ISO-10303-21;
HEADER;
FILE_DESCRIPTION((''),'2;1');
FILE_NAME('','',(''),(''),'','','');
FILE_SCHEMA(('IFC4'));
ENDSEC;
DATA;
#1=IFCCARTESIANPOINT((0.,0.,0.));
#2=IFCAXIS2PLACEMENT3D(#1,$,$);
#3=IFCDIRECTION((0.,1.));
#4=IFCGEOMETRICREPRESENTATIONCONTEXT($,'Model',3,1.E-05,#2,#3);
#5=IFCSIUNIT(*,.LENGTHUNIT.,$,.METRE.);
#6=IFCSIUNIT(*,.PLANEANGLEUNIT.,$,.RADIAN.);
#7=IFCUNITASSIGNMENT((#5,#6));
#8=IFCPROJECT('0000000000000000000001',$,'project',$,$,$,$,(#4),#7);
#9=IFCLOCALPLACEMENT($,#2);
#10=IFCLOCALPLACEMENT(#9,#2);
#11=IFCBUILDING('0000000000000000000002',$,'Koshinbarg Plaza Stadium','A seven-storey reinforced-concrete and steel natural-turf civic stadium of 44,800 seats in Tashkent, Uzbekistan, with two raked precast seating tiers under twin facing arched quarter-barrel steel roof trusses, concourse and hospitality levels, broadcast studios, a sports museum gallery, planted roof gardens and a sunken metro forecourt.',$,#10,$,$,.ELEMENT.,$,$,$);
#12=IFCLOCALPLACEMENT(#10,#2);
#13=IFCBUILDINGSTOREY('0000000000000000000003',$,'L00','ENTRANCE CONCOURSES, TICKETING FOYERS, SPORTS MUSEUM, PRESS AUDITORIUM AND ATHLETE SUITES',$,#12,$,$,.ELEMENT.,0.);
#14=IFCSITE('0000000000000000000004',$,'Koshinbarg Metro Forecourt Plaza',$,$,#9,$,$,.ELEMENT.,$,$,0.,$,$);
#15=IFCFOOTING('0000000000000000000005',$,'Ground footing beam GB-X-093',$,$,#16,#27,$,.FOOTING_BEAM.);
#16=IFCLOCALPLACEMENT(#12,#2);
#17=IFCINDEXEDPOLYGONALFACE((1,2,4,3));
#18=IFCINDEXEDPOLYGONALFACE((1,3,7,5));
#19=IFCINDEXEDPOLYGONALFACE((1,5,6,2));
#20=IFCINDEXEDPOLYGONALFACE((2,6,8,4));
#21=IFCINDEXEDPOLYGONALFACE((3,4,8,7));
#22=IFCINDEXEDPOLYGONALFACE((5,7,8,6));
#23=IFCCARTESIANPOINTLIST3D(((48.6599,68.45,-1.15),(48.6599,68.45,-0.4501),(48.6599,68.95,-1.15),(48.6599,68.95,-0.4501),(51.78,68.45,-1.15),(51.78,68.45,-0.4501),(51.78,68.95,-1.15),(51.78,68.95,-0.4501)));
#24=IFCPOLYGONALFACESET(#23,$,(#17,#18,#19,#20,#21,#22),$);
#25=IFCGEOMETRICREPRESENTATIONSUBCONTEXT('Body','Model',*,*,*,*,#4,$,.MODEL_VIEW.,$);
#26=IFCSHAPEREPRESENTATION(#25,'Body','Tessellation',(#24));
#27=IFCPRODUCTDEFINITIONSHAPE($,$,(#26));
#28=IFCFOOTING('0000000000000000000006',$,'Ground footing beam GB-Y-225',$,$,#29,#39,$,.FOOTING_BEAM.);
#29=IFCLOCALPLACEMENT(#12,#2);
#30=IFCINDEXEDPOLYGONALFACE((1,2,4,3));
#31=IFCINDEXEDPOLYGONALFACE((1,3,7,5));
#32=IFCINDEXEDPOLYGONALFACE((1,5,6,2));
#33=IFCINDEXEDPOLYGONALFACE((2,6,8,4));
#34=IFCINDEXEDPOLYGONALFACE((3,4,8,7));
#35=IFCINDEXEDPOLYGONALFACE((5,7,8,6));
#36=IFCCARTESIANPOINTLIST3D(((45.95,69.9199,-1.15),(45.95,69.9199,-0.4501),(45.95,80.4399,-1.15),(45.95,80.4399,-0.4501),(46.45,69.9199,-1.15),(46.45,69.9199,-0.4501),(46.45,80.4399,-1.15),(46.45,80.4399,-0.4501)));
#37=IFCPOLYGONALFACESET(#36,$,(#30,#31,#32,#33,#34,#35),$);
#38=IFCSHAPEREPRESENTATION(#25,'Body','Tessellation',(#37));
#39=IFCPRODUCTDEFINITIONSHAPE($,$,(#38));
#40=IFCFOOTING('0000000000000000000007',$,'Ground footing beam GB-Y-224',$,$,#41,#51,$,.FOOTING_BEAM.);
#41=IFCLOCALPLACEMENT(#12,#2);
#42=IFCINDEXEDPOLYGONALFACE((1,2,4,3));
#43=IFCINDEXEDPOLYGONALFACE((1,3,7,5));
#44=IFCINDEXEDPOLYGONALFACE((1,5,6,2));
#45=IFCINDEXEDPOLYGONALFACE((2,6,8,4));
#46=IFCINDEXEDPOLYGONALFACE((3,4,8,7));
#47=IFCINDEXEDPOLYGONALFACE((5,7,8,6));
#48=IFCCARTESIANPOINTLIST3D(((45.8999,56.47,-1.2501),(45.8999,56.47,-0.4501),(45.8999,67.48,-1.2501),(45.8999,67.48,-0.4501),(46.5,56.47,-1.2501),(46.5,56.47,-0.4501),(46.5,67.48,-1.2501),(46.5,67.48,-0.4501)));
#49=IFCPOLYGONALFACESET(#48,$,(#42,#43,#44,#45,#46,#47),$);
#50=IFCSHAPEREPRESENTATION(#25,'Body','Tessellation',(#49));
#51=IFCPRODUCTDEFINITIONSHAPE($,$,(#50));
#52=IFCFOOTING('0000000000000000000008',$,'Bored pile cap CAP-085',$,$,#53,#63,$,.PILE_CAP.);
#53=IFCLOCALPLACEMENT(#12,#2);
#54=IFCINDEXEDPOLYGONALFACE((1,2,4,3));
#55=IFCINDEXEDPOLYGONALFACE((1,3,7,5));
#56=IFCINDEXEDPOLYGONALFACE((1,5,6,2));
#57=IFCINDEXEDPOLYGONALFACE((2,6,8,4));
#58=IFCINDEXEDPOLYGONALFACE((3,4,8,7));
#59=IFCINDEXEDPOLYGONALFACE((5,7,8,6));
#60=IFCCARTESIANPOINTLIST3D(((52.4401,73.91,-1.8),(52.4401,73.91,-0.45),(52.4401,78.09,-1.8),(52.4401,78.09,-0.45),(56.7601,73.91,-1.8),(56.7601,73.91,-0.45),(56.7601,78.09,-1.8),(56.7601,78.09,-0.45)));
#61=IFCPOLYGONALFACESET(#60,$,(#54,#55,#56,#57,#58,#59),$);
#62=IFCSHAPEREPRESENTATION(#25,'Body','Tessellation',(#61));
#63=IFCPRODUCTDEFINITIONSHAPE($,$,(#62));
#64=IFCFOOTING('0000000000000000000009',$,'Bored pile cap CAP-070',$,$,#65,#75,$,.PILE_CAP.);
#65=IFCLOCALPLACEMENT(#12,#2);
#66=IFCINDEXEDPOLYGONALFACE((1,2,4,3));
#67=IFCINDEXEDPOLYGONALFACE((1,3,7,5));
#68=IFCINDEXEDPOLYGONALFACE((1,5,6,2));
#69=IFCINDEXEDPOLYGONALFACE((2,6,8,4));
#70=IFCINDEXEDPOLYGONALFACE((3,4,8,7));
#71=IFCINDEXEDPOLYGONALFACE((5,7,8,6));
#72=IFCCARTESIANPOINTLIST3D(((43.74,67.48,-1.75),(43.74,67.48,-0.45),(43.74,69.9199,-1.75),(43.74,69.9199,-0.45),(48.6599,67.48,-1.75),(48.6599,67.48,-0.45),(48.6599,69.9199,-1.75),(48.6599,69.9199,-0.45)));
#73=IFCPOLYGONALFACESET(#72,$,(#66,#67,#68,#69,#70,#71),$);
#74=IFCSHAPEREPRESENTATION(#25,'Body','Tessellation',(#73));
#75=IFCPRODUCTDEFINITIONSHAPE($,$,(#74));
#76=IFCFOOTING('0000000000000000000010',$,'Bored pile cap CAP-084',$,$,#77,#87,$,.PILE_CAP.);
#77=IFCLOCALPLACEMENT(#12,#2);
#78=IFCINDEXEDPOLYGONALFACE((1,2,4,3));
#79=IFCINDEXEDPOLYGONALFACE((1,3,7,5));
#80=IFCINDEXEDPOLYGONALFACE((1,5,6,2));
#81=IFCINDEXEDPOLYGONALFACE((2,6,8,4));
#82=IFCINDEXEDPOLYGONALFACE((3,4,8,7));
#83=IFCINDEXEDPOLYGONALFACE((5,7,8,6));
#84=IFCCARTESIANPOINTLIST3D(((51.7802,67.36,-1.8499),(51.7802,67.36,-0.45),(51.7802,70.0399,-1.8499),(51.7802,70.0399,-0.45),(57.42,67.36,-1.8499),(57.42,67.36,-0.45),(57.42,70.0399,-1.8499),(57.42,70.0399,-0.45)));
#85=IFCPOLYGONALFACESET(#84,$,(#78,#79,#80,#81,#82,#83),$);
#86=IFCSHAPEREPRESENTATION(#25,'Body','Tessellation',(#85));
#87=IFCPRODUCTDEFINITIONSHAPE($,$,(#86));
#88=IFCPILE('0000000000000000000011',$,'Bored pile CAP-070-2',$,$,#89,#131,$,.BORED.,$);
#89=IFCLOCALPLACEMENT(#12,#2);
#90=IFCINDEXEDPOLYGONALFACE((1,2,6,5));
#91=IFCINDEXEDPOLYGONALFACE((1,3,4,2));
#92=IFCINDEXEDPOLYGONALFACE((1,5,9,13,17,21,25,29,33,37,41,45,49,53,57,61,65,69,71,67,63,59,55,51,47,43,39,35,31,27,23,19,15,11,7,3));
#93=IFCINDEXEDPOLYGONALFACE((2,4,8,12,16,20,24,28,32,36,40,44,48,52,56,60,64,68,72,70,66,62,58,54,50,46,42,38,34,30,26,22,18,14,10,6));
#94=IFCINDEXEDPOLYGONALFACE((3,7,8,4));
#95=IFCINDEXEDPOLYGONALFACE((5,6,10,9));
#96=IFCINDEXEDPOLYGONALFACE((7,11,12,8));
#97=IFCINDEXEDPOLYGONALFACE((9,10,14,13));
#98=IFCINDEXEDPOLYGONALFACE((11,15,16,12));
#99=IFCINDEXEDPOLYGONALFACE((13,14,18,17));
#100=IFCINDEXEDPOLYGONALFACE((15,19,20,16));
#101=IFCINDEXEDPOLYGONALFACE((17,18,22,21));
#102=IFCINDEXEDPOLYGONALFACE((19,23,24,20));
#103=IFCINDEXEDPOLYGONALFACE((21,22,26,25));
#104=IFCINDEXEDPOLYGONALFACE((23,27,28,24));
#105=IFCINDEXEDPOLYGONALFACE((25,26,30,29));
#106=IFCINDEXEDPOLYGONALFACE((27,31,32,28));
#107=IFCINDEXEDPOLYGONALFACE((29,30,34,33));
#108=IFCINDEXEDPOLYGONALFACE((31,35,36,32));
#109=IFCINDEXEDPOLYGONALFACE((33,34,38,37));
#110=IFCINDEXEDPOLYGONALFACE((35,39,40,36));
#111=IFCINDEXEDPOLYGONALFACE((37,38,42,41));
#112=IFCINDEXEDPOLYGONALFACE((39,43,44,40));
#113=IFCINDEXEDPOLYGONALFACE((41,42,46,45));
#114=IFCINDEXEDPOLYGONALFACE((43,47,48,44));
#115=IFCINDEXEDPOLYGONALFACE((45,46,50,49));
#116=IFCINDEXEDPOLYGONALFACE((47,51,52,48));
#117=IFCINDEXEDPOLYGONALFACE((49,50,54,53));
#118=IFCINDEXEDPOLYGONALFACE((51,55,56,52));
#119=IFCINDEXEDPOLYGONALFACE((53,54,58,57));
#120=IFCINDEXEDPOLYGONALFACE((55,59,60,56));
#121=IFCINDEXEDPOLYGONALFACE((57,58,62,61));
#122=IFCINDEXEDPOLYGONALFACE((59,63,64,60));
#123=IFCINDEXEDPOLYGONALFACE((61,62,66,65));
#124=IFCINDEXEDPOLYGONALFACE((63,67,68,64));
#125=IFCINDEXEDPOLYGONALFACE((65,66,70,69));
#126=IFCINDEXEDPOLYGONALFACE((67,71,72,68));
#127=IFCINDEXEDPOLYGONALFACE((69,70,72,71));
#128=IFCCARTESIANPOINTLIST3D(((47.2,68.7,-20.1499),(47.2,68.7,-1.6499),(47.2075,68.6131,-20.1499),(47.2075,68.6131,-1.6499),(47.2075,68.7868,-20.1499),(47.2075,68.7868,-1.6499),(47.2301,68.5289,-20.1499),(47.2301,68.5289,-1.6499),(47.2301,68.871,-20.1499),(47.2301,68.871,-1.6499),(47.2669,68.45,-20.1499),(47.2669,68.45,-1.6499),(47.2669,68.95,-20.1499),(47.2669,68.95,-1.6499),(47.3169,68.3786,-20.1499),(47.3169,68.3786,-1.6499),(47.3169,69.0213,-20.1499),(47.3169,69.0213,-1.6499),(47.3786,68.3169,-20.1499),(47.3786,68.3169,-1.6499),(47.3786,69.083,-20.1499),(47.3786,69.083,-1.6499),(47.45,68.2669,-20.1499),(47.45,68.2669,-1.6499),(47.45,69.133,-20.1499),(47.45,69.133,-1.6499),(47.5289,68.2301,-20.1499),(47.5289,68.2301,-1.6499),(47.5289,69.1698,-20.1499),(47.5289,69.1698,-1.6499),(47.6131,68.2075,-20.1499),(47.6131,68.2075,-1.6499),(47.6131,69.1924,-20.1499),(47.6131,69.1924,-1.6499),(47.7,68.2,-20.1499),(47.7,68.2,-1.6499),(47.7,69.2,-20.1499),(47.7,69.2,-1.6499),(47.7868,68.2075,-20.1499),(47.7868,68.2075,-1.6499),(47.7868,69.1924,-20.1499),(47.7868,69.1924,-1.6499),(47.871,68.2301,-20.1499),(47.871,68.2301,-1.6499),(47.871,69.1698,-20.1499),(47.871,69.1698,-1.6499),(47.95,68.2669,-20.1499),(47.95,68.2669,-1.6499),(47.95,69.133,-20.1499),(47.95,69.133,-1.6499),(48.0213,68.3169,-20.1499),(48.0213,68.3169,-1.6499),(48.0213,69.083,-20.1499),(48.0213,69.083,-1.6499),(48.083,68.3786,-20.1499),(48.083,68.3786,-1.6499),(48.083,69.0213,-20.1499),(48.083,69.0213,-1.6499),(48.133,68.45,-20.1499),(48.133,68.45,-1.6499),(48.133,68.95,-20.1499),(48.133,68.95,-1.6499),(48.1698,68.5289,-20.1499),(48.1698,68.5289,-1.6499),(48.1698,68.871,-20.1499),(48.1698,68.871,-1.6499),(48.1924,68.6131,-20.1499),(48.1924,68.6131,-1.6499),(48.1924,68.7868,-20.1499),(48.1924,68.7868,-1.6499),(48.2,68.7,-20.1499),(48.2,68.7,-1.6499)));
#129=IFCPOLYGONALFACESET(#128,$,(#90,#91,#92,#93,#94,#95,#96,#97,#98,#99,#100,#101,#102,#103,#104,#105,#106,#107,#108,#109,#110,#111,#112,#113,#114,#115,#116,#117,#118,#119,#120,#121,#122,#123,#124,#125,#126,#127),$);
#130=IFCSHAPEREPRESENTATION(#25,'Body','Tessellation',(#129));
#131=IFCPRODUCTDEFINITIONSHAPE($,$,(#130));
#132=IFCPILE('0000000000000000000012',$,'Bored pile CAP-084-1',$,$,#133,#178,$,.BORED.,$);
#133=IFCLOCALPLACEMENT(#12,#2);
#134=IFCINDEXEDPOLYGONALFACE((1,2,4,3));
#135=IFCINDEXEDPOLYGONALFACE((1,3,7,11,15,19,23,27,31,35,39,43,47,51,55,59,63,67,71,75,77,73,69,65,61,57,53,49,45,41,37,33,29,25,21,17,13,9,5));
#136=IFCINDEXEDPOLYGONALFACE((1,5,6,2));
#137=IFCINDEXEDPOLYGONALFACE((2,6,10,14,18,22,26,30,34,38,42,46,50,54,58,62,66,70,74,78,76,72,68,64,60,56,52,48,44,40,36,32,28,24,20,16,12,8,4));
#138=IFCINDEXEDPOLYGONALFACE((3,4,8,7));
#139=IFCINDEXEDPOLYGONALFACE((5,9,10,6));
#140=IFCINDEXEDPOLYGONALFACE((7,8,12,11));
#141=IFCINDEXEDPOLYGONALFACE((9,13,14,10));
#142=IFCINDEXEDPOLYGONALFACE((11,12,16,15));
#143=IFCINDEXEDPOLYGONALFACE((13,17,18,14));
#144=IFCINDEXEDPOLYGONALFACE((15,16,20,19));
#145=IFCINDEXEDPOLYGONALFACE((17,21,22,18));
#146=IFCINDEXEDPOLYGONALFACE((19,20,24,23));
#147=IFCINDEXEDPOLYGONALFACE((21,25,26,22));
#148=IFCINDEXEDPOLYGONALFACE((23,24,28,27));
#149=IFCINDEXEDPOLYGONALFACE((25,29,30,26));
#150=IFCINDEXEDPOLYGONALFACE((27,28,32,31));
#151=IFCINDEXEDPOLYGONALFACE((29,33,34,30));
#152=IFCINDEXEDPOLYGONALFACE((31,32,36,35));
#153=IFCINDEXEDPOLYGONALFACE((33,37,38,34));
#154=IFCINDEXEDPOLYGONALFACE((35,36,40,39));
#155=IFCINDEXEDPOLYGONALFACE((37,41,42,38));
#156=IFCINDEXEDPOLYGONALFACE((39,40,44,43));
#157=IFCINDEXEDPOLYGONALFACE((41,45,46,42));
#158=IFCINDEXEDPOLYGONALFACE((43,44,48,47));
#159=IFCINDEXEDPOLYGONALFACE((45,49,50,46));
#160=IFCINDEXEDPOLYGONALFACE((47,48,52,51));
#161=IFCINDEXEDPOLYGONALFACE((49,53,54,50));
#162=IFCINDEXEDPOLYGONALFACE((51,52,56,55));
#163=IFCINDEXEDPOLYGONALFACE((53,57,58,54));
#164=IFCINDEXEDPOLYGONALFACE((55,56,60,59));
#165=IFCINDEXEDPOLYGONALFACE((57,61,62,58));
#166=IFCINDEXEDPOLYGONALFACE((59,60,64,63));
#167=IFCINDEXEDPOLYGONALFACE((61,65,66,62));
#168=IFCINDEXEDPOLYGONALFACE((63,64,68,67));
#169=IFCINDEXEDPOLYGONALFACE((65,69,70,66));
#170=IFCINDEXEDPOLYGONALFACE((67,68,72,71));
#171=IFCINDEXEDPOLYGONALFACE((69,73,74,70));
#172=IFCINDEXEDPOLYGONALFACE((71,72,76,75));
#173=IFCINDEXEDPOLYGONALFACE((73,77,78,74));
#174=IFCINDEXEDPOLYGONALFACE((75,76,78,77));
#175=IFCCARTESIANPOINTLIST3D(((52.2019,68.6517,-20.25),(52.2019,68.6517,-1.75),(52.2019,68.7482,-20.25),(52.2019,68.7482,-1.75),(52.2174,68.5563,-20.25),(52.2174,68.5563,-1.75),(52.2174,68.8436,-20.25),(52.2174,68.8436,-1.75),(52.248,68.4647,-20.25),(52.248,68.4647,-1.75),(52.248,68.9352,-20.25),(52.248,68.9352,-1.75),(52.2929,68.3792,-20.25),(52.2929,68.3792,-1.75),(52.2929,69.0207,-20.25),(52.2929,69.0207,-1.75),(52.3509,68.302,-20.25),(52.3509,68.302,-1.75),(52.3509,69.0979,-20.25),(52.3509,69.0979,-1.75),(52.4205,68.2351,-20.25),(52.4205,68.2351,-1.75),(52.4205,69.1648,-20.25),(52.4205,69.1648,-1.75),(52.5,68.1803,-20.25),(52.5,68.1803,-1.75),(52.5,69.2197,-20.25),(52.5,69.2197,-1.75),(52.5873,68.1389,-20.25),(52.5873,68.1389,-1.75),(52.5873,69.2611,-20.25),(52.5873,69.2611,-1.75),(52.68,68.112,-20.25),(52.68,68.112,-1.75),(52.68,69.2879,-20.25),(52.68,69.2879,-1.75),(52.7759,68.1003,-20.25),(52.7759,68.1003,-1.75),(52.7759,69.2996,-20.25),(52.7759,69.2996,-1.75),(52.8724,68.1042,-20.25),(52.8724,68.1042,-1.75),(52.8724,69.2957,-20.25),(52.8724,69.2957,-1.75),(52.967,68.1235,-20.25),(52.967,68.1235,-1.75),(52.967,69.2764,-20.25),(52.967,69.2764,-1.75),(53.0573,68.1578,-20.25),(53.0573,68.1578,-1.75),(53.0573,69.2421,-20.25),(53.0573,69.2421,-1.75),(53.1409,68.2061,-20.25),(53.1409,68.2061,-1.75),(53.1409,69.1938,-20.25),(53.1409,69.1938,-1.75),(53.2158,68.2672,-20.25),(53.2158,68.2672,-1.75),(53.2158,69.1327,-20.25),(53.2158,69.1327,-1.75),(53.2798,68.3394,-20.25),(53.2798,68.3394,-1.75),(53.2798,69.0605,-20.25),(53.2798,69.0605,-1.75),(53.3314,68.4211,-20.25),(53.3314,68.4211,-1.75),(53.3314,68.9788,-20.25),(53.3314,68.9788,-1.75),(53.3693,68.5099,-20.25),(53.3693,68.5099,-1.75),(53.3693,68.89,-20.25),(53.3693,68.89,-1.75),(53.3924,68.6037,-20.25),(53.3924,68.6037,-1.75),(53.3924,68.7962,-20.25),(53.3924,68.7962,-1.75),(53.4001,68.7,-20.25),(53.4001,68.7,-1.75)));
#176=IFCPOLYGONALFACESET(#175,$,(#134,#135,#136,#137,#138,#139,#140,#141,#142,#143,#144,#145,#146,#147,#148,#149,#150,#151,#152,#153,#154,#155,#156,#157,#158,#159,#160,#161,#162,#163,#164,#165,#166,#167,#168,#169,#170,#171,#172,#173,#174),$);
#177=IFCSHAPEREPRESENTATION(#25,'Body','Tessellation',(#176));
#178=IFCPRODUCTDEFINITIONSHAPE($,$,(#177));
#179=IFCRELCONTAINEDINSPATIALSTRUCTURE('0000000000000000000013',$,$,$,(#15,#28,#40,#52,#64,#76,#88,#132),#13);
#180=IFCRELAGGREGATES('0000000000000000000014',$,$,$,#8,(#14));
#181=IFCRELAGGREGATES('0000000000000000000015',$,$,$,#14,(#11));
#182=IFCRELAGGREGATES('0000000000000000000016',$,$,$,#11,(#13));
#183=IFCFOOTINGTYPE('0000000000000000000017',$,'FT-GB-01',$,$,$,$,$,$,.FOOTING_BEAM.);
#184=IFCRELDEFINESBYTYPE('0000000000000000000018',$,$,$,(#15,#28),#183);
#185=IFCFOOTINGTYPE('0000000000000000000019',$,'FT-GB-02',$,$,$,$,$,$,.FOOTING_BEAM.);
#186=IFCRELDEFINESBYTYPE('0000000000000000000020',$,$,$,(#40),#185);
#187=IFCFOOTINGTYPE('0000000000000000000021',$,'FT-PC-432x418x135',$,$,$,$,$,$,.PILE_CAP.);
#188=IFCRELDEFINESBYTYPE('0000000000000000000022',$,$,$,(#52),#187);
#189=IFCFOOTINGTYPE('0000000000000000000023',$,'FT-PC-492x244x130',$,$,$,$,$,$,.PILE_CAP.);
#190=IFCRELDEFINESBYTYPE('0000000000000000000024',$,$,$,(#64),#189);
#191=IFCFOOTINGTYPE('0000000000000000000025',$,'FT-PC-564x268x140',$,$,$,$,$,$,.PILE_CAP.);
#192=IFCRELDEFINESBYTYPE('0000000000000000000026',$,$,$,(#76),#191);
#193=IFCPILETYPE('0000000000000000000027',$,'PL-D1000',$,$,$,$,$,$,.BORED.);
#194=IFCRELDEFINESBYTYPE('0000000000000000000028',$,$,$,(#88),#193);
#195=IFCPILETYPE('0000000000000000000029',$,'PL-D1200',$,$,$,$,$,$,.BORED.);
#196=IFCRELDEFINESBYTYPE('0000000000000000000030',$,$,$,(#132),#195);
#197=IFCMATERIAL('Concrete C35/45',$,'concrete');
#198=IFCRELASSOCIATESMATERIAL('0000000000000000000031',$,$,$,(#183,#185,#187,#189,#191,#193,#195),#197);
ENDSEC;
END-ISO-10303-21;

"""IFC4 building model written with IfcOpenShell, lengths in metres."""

from ifc_helpers import new_model, si_unit, direction, frame, origin, origin_2d, place, context, subcontext, project, spatial, rectangle, circle, extrude, material, material_profile, profile_set, type_object, element, save


model = new_model("IFC4")

# Units and contexts
model_context = context("Model", 3, precision=1e-05, world=origin(), true_north=direction((0.0, 1.0)))
body_context = subcontext(model_context, "Body", "Model", "MODEL_VIEW")
ifc_project = project(units=[si_unit("LENGTHUNIT", "METRE"), si_unit("PLANEANGLEUNIT", "RADIAN")], contexts=[model_context])

# Site, building, storey
site_placement = place(None, origin())
site = spatial("IfcSite", under=ifc_project, at=site_placement, Name="Koshinbarg Metro Forecourt Plaza", CompositionType="ELEMENT", RefElevation=0.0)
building_placement = place(site_placement, origin())
building = spatial("IfcBuilding", under=site, at=building_placement, Name="Koshinbarg Plaza Stadium", Description="A seven-storey reinforced-concrete and steel natural-turf civic stadium of 44,800 seats in Tashkent, Uzbekistan, with two raked precast seating tiers under twin facing arched quarter-barrel steel roof trusses, concourse and hospitality levels, broadcast studios, a sports museum gallery, planted roof gardens and a sunken metro forecourt.", CompositionType="ELEMENT")
storey_placement = place(building_placement, origin())
storey = spatial("IfcBuildingStorey", under=building, at=storey_placement, Name="L00", Description="ENTRANCE CONCOURSES, TICKETING FOYERS, SPORTS MUSEUM, PRESS AUDITORIUM AND ATHLETE SUITES", CompositionType="ELEMENT", Elevation=0.0)

# Footings
ifc_material_1 = material(Name="Concrete C35/45", Category="concrete")
ifc_material_profile_1 = material_profile(ifc_material_1, rectangle(XDim=0.5, YDim=0.7, at=origin_2d()), Name="GB 500x700")
ifc_profile_set_1 = profile_set([ifc_material_profile_1], Name="Concrete C35/45")
footing_type_1 = type_object("IfcFootingType", Name="FT-GB-01", PredefinedType="FOOTING_BEAM", material=ifc_profile_set_1)
footing_1_placement = place(storey_placement, frame((48.6599, 68.7, -0.8), z_axis=(1.0, 0.0, 0.0), x_axis=(0.0, 1.0, 0.0)))
element("IfcFooting", 1, at=footing_1_placement, inside=storey, type_object=footing_type_1, Name="Ground footing beam GB-X-093", PredefinedType="FOOTING_BEAM", context=body_context, shape_type="SweptSolid", body=[
    extrude(rectangle(XDim=0.5, YDim=0.7, at=origin_2d()), origin(), (0.0, 0.0, 1.0), 3.1201),
])
footing_2_placement = place(storey_placement, frame((46.2, 69.9199, -0.8), z_axis=(0.0, 1.0, 0.0), x_axis=(-1.0, 0.0, 0.0)))
element("IfcFooting", 2, at=footing_2_placement, inside=storey, type_object=footing_type_1, Name="Ground footing beam GB-Y-225", PredefinedType="FOOTING_BEAM", context=body_context, shape_type="SweptSolid", body=[
    extrude(rectangle(XDim=0.5, YDim=0.7, at=origin_2d()), origin(), (0.0, 0.0, 1.0), 10.52),
])
ifc_material_profile_2 = material_profile(ifc_material_1, rectangle(XDim=0.6001, YDim=0.8, at=origin_2d()), Name="GB 600x800")
ifc_profile_set_2 = profile_set([ifc_material_profile_2], Name="Concrete C35/45")
footing_type_2 = type_object("IfcFootingType", Name="FT-GB-02", PredefinedType="FOOTING_BEAM", material=ifc_profile_set_2)
footing_3_placement = place(storey_placement, frame((46.2, 56.47, -0.8501), z_axis=(0.0, 1.0, 0.0), x_axis=(-1.0, 0.0, 0.0)))
element("IfcFooting", 3, at=footing_3_placement, inside=storey, type_object=footing_type_2, Name="Ground footing beam GB-Y-224", PredefinedType="FOOTING_BEAM", context=body_context, shape_type="SweptSolid", body=[
    extrude(rectangle(XDim=0.6001, YDim=0.8, at=origin_2d()), origin(), (0.0, 0.0, 1.0), 11.01),
])
footing_type_3 = type_object("IfcFootingType", Name="FT-PC-432x418x135", PredefinedType="PILE_CAP", material=ifc_material_1)
footing_4_placement = place(storey_placement, frame((54.6001, 76.0, -1.8), z_axis=(0.0, 0.0, 1.0), x_axis=(1.0, 0.0, 0.0)))
element("IfcFooting", 4, at=footing_4_placement, inside=storey, type_object=footing_type_3, Name="Bored pile cap CAP-085", PredefinedType="PILE_CAP", context=body_context, shape_type="SweptSolid", body=[
    extrude(rectangle(XDim=4.3201, YDim=4.1799, at=origin_2d()), origin(), (0.0, 0.0, 1.0), 1.3501),
])
footing_type_4 = type_object("IfcFootingType", Name="FT-PC-492x244x130", PredefinedType="PILE_CAP", material=ifc_material_1)
footing_5_placement = place(storey_placement, frame((46.2, 68.7, -1.75), z_axis=(0.0, 0.0, 1.0), x_axis=(1.0, 0.0, 0.0)))
element("IfcFooting", 5, at=footing_5_placement, inside=storey, type_object=footing_type_4, Name="Bored pile cap CAP-070", PredefinedType="PILE_CAP", context=body_context, shape_type="SweptSolid", body=[
    extrude(rectangle(XDim=4.9199, YDim=2.4399, at=origin_2d()), origin(), (0.0, 0.0, 1.0), 1.3),
])
footing_type_5 = type_object("IfcFootingType", Name="FT-PC-564x268x140", PredefinedType="PILE_CAP", material=ifc_material_1)
footing_6_placement = place(storey_placement, frame((54.6001, 68.7, -1.8499), z_axis=(0.0, 0.0, 1.0), x_axis=(1.0, 0.0, 0.0)))
element("IfcFooting", 6, at=footing_6_placement, inside=storey, type_object=footing_type_5, Name="Bored pile cap CAP-084", PredefinedType="PILE_CAP", context=body_context, shape_type="SweptSolid", body=[
    extrude(rectangle(XDim=5.6399, YDim=2.6799, at=origin_2d()), origin(), (0.0, 0.0, 1.0), 1.3999),
])

# Piles
ifc_material_profile_3 = material_profile(ifc_material_1, circle(Radius=0.5, at=origin_2d()), Name="PILE D1000")
ifc_profile_set_3 = profile_set([ifc_material_profile_3], Name="Concrete C35/45")
pile_type_1 = type_object("IfcPileType", Name="PL-D1000", PredefinedType="BORED", material=ifc_profile_set_3)
pile_placement = place(storey_placement, frame((47.7, 68.7, -1.6499), z_axis=(0.0, 0.0, -1.0), x_axis=(1.0, 0.0, 0.0)))
element("IfcPile", 7, at=pile_placement, inside=storey, type_object=pile_type_1, Name="Bored pile CAP-070-2", PredefinedType="BORED", context=body_context, shape_type="SweptSolid", body=[
    extrude(circle(Radius=0.5, at=origin_2d()), origin(), (0.0, 0.0, 1.0), 18.5),
])
ifc_material_profile_4 = material_profile(ifc_material_1, circle(Radius=0.6001, at=origin_2d()), Name="PILE D1200")
ifc_profile_set_4 = profile_set([ifc_material_profile_4], Name="Concrete C35/45")
pile_type_2 = type_object("IfcPileType", Name="PL-D1200", PredefinedType="BORED", material=ifc_profile_set_4)
for number, where, z_axis, x_axis, name in (
    (8, (52.8, 68.7, -1.75), (0.0, 0.0, -1.0), (1.0, 0.0, 0.0), "Bored pile CAP-084-1"),
):
    element("IfcPile", number, at=place(storey_placement, frame(where, z_axis=z_axis, x_axis=x_axis)), inside=storey, type_object=pile_type_2, Name=name, PredefinedType="BORED", context=body_context, shape_type="SweptSolid", body=[
        extrude(circle(Radius=0.6001, at=origin_2d()), origin(), (0.0, 0.0, 1.0), 18.5),
    ])

save(model, "model.ifc")
